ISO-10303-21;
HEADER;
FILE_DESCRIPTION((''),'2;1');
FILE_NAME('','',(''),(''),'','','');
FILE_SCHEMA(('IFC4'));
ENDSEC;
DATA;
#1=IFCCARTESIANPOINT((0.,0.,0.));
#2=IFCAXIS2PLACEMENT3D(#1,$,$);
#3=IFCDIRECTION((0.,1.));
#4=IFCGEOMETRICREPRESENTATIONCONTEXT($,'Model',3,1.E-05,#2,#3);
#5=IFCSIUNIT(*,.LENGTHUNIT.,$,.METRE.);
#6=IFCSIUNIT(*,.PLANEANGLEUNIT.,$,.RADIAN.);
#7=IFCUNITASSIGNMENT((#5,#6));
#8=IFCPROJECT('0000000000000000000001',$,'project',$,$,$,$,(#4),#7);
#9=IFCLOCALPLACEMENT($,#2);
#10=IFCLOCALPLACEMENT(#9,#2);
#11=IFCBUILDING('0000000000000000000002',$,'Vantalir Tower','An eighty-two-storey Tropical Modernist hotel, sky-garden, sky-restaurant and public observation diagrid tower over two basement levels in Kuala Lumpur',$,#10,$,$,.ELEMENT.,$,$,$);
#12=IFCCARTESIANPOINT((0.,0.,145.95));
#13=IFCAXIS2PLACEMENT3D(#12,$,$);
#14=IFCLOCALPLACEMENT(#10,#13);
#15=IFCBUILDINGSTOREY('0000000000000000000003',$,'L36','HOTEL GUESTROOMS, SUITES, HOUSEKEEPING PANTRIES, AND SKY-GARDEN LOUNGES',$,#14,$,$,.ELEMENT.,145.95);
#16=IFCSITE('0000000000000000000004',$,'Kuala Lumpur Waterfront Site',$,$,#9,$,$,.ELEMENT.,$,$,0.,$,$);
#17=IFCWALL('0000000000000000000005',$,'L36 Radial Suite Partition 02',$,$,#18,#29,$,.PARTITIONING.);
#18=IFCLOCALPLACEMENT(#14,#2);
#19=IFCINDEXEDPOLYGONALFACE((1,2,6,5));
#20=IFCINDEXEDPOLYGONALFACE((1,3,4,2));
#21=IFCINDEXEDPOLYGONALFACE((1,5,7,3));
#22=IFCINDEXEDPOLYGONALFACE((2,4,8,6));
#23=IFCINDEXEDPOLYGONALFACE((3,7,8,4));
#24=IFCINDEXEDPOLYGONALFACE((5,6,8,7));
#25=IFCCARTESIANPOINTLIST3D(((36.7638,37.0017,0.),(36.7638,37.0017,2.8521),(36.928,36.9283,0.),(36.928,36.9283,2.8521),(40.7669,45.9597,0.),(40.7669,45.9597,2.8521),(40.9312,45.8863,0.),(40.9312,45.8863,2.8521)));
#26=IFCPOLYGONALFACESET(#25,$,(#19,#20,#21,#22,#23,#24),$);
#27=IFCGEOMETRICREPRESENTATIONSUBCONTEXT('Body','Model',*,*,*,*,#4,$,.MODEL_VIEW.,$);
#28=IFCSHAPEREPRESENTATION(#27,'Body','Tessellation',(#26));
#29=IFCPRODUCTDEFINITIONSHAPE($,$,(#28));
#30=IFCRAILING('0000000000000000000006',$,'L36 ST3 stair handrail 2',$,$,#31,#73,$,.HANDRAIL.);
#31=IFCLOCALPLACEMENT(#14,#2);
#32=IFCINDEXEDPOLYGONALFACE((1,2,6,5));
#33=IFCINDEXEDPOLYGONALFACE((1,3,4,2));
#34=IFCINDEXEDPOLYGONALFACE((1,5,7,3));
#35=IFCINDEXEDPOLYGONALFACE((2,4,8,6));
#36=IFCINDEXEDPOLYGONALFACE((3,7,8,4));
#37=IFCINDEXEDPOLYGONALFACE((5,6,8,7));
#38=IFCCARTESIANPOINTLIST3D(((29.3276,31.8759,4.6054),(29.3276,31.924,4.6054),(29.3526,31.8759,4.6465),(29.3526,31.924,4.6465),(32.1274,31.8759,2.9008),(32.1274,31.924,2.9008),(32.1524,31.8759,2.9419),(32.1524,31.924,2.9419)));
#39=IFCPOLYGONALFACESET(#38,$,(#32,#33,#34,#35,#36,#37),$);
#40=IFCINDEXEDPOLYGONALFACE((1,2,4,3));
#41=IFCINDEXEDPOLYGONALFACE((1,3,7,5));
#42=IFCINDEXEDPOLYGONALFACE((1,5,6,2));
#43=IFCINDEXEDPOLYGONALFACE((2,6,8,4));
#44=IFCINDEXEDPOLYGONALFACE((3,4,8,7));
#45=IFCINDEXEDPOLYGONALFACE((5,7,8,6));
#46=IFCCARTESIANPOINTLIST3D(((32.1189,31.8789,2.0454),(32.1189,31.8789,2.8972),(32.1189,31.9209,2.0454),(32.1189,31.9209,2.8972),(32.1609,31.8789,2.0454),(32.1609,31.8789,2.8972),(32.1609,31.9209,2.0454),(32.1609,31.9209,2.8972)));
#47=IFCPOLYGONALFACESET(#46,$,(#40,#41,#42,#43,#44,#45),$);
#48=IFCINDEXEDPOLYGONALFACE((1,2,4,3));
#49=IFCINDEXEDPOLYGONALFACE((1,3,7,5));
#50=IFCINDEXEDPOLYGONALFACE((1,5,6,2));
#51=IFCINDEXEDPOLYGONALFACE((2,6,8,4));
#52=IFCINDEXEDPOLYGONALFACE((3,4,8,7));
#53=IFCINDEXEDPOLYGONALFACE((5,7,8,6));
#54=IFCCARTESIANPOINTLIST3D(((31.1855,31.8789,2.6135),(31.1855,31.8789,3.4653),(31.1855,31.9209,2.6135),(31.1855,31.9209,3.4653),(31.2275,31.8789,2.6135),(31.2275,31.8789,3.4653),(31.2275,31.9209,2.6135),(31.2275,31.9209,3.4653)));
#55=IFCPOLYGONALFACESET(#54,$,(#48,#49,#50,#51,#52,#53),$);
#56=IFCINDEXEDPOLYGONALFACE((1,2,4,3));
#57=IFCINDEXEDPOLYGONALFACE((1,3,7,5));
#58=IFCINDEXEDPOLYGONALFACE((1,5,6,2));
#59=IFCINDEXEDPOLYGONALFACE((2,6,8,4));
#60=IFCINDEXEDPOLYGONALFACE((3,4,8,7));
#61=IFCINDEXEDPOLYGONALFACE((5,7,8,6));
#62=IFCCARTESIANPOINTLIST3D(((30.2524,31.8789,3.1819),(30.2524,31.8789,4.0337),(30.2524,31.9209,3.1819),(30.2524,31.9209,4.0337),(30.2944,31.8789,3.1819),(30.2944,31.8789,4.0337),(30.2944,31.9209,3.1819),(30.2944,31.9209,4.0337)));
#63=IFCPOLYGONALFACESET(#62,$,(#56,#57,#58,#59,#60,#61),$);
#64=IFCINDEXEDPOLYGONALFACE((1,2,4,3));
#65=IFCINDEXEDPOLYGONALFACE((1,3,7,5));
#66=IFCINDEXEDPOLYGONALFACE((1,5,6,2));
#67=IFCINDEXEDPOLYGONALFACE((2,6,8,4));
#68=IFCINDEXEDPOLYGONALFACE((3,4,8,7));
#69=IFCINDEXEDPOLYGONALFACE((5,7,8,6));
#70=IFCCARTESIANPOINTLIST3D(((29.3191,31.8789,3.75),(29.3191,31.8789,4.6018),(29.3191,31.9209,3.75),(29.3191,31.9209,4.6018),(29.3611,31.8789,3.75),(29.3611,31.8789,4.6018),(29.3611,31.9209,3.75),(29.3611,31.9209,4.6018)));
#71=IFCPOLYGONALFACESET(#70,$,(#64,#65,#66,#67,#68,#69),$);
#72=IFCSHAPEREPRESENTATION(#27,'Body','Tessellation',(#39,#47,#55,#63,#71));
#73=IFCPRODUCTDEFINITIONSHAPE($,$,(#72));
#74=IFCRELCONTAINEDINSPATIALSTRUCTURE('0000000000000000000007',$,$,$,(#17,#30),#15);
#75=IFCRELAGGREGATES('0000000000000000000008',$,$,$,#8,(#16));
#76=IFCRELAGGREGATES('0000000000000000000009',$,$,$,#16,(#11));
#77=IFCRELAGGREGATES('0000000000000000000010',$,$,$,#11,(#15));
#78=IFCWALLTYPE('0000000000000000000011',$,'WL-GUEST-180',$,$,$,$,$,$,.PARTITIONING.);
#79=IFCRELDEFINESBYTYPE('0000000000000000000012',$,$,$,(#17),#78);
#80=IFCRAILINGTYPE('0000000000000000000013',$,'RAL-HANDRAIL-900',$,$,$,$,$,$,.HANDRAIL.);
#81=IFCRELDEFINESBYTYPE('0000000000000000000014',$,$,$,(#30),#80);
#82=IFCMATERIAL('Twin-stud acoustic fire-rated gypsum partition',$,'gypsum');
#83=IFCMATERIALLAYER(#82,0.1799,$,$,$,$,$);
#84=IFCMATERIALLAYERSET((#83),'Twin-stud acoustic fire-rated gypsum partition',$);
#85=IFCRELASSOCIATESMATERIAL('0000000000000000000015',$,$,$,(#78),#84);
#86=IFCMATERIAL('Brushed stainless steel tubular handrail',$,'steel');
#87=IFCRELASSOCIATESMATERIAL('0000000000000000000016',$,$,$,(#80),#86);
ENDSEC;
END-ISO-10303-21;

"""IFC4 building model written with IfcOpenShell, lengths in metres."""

from ifc_helpers import new_model, si_unit, direction, frame, frame_2d, origin, origin_2d, place, context, subcontext, project, spatial, rectangle, extrude, material, layer, layer_set, type_object, element, save


model = new_model("IFC4")

# Units and contexts
model_context = context("Model", 3, precision=1e-05, world=origin(), true_north=direction((0.0, 1.0)))
body_context = subcontext(model_context, "Body", "Model", "MODEL_VIEW")
ifc_project = project(units=[si_unit("LENGTHUNIT", "METRE"), si_unit("PLANEANGLEUNIT", "RADIAN")], contexts=[model_context])

# Site, building, storey
site_placement = place(None, origin())
site = spatial("IfcSite", under=ifc_project, at=site_placement, Name="Kuala Lumpur Waterfront Site", CompositionType="ELEMENT", RefElevation=0.0)
building_placement = place(site_placement, origin())
building = spatial("IfcBuilding", under=site, at=building_placement, Name="Vantalir Tower", Description="An eighty-two-storey Tropical Modernist hotel, sky-garden, sky-restaurant and public observation diagrid tower over two basement levels in Kuala Lumpur", CompositionType="ELEMENT")
storey_placement = place(building_placement, frame((0.0, 0.0, 145.95)))
storey = spatial("IfcBuildingStorey", under=building, at=storey_placement, Name="L36", Description="HOTEL GUESTROOMS, SUITES, HOUSEKEEPING PANTRIES, AND SKY-GARDEN LOUNGES", CompositionType="ELEMENT", Elevation=145.95)

# Wall
ifc_material_1 = material(Name="Twin-stud acoustic fire-rated gypsum partition", Category="gypsum")
ifc_layer_1 = layer(ifc_material_1, 0.1799)
ifc_layer_set_1 = layer_set([ifc_layer_1], Name="Twin-stud acoustic fire-rated gypsum partition")
wall_type_1 = type_object("IfcWallType", Name="WL-GUEST-180", PredefinedType="PARTITIONING", material=ifc_layer_set_1)
wall_1_placement = place(storey_placement, frame((36.8459, 36.9651, 0.0), z_axis=(0.0, 0.0, 1.0), x_axis=(0.407996, 0.912984, 0.0)))
element("IfcWall", 1, at=wall_1_placement, inside=storey, type_object=wall_type_1, Name="L36 Radial Suite Partition 02", PredefinedType="PARTITIONING", context=body_context, shape_type="SweptSolid", body=[
    extrude(rectangle(XDim=9.8118, YDim=0.1799, at=frame_2d((4.9058, 0.0))), origin(), (0.0, 0.0, 1.0), 2.8521),
])

# Railing
ifc_material_2 = material(Name="Brushed stainless steel tubular handrail", Category="steel")
railing_type = type_object("IfcRailingType", Name="RAL-HANDRAIL-900", PredefinedType="HANDRAIL", material=ifc_material_2)
railing_placement = place(storey_placement, frame((32.1399, 31.8999, 2.0454)))
element("IfcRailing", 2, at=railing_placement, inside=storey, type_object=railing_type, Name="L36 ST3 stair handrail 2", PredefinedType="HANDRAIL", context=body_context, shape_type="SweptSolid", body=[
    extrude(rectangle(XDim=0.0481, YDim=0.0481, at=origin_2d()), frame((0.0, 0.0, 0.876), z_axis=(-0.85415, 0.0, 0.520027), x_axis=(0.0, -1.0, 0.0)), (0.0, 0.0, 1.0), 3.2778),
    extrude(rectangle(XDim=0.042, YDim=0.042, at=origin_2d()), origin(), (0.0, 0.0, 1.0), 0.8518),
    extrude(rectangle(XDim=0.042, YDim=0.042, at=origin_2d()), frame((-0.9333, 0.0, 0.5681)), (0.0, 0.0, 1.0), 0.8518),
    extrude(rectangle(XDim=0.042, YDim=0.042, at=origin_2d()), frame((-1.8665, 0.0, 1.1365)), (0.0, 0.0, 1.0), 0.8518),
    extrude(rectangle(XDim=0.042, YDim=0.042, at=origin_2d()), frame((-2.7998, 0.0, 1.7046)), (0.0, 0.0, 1.0), 0.8518),
])

save(model, "model.ifc")
